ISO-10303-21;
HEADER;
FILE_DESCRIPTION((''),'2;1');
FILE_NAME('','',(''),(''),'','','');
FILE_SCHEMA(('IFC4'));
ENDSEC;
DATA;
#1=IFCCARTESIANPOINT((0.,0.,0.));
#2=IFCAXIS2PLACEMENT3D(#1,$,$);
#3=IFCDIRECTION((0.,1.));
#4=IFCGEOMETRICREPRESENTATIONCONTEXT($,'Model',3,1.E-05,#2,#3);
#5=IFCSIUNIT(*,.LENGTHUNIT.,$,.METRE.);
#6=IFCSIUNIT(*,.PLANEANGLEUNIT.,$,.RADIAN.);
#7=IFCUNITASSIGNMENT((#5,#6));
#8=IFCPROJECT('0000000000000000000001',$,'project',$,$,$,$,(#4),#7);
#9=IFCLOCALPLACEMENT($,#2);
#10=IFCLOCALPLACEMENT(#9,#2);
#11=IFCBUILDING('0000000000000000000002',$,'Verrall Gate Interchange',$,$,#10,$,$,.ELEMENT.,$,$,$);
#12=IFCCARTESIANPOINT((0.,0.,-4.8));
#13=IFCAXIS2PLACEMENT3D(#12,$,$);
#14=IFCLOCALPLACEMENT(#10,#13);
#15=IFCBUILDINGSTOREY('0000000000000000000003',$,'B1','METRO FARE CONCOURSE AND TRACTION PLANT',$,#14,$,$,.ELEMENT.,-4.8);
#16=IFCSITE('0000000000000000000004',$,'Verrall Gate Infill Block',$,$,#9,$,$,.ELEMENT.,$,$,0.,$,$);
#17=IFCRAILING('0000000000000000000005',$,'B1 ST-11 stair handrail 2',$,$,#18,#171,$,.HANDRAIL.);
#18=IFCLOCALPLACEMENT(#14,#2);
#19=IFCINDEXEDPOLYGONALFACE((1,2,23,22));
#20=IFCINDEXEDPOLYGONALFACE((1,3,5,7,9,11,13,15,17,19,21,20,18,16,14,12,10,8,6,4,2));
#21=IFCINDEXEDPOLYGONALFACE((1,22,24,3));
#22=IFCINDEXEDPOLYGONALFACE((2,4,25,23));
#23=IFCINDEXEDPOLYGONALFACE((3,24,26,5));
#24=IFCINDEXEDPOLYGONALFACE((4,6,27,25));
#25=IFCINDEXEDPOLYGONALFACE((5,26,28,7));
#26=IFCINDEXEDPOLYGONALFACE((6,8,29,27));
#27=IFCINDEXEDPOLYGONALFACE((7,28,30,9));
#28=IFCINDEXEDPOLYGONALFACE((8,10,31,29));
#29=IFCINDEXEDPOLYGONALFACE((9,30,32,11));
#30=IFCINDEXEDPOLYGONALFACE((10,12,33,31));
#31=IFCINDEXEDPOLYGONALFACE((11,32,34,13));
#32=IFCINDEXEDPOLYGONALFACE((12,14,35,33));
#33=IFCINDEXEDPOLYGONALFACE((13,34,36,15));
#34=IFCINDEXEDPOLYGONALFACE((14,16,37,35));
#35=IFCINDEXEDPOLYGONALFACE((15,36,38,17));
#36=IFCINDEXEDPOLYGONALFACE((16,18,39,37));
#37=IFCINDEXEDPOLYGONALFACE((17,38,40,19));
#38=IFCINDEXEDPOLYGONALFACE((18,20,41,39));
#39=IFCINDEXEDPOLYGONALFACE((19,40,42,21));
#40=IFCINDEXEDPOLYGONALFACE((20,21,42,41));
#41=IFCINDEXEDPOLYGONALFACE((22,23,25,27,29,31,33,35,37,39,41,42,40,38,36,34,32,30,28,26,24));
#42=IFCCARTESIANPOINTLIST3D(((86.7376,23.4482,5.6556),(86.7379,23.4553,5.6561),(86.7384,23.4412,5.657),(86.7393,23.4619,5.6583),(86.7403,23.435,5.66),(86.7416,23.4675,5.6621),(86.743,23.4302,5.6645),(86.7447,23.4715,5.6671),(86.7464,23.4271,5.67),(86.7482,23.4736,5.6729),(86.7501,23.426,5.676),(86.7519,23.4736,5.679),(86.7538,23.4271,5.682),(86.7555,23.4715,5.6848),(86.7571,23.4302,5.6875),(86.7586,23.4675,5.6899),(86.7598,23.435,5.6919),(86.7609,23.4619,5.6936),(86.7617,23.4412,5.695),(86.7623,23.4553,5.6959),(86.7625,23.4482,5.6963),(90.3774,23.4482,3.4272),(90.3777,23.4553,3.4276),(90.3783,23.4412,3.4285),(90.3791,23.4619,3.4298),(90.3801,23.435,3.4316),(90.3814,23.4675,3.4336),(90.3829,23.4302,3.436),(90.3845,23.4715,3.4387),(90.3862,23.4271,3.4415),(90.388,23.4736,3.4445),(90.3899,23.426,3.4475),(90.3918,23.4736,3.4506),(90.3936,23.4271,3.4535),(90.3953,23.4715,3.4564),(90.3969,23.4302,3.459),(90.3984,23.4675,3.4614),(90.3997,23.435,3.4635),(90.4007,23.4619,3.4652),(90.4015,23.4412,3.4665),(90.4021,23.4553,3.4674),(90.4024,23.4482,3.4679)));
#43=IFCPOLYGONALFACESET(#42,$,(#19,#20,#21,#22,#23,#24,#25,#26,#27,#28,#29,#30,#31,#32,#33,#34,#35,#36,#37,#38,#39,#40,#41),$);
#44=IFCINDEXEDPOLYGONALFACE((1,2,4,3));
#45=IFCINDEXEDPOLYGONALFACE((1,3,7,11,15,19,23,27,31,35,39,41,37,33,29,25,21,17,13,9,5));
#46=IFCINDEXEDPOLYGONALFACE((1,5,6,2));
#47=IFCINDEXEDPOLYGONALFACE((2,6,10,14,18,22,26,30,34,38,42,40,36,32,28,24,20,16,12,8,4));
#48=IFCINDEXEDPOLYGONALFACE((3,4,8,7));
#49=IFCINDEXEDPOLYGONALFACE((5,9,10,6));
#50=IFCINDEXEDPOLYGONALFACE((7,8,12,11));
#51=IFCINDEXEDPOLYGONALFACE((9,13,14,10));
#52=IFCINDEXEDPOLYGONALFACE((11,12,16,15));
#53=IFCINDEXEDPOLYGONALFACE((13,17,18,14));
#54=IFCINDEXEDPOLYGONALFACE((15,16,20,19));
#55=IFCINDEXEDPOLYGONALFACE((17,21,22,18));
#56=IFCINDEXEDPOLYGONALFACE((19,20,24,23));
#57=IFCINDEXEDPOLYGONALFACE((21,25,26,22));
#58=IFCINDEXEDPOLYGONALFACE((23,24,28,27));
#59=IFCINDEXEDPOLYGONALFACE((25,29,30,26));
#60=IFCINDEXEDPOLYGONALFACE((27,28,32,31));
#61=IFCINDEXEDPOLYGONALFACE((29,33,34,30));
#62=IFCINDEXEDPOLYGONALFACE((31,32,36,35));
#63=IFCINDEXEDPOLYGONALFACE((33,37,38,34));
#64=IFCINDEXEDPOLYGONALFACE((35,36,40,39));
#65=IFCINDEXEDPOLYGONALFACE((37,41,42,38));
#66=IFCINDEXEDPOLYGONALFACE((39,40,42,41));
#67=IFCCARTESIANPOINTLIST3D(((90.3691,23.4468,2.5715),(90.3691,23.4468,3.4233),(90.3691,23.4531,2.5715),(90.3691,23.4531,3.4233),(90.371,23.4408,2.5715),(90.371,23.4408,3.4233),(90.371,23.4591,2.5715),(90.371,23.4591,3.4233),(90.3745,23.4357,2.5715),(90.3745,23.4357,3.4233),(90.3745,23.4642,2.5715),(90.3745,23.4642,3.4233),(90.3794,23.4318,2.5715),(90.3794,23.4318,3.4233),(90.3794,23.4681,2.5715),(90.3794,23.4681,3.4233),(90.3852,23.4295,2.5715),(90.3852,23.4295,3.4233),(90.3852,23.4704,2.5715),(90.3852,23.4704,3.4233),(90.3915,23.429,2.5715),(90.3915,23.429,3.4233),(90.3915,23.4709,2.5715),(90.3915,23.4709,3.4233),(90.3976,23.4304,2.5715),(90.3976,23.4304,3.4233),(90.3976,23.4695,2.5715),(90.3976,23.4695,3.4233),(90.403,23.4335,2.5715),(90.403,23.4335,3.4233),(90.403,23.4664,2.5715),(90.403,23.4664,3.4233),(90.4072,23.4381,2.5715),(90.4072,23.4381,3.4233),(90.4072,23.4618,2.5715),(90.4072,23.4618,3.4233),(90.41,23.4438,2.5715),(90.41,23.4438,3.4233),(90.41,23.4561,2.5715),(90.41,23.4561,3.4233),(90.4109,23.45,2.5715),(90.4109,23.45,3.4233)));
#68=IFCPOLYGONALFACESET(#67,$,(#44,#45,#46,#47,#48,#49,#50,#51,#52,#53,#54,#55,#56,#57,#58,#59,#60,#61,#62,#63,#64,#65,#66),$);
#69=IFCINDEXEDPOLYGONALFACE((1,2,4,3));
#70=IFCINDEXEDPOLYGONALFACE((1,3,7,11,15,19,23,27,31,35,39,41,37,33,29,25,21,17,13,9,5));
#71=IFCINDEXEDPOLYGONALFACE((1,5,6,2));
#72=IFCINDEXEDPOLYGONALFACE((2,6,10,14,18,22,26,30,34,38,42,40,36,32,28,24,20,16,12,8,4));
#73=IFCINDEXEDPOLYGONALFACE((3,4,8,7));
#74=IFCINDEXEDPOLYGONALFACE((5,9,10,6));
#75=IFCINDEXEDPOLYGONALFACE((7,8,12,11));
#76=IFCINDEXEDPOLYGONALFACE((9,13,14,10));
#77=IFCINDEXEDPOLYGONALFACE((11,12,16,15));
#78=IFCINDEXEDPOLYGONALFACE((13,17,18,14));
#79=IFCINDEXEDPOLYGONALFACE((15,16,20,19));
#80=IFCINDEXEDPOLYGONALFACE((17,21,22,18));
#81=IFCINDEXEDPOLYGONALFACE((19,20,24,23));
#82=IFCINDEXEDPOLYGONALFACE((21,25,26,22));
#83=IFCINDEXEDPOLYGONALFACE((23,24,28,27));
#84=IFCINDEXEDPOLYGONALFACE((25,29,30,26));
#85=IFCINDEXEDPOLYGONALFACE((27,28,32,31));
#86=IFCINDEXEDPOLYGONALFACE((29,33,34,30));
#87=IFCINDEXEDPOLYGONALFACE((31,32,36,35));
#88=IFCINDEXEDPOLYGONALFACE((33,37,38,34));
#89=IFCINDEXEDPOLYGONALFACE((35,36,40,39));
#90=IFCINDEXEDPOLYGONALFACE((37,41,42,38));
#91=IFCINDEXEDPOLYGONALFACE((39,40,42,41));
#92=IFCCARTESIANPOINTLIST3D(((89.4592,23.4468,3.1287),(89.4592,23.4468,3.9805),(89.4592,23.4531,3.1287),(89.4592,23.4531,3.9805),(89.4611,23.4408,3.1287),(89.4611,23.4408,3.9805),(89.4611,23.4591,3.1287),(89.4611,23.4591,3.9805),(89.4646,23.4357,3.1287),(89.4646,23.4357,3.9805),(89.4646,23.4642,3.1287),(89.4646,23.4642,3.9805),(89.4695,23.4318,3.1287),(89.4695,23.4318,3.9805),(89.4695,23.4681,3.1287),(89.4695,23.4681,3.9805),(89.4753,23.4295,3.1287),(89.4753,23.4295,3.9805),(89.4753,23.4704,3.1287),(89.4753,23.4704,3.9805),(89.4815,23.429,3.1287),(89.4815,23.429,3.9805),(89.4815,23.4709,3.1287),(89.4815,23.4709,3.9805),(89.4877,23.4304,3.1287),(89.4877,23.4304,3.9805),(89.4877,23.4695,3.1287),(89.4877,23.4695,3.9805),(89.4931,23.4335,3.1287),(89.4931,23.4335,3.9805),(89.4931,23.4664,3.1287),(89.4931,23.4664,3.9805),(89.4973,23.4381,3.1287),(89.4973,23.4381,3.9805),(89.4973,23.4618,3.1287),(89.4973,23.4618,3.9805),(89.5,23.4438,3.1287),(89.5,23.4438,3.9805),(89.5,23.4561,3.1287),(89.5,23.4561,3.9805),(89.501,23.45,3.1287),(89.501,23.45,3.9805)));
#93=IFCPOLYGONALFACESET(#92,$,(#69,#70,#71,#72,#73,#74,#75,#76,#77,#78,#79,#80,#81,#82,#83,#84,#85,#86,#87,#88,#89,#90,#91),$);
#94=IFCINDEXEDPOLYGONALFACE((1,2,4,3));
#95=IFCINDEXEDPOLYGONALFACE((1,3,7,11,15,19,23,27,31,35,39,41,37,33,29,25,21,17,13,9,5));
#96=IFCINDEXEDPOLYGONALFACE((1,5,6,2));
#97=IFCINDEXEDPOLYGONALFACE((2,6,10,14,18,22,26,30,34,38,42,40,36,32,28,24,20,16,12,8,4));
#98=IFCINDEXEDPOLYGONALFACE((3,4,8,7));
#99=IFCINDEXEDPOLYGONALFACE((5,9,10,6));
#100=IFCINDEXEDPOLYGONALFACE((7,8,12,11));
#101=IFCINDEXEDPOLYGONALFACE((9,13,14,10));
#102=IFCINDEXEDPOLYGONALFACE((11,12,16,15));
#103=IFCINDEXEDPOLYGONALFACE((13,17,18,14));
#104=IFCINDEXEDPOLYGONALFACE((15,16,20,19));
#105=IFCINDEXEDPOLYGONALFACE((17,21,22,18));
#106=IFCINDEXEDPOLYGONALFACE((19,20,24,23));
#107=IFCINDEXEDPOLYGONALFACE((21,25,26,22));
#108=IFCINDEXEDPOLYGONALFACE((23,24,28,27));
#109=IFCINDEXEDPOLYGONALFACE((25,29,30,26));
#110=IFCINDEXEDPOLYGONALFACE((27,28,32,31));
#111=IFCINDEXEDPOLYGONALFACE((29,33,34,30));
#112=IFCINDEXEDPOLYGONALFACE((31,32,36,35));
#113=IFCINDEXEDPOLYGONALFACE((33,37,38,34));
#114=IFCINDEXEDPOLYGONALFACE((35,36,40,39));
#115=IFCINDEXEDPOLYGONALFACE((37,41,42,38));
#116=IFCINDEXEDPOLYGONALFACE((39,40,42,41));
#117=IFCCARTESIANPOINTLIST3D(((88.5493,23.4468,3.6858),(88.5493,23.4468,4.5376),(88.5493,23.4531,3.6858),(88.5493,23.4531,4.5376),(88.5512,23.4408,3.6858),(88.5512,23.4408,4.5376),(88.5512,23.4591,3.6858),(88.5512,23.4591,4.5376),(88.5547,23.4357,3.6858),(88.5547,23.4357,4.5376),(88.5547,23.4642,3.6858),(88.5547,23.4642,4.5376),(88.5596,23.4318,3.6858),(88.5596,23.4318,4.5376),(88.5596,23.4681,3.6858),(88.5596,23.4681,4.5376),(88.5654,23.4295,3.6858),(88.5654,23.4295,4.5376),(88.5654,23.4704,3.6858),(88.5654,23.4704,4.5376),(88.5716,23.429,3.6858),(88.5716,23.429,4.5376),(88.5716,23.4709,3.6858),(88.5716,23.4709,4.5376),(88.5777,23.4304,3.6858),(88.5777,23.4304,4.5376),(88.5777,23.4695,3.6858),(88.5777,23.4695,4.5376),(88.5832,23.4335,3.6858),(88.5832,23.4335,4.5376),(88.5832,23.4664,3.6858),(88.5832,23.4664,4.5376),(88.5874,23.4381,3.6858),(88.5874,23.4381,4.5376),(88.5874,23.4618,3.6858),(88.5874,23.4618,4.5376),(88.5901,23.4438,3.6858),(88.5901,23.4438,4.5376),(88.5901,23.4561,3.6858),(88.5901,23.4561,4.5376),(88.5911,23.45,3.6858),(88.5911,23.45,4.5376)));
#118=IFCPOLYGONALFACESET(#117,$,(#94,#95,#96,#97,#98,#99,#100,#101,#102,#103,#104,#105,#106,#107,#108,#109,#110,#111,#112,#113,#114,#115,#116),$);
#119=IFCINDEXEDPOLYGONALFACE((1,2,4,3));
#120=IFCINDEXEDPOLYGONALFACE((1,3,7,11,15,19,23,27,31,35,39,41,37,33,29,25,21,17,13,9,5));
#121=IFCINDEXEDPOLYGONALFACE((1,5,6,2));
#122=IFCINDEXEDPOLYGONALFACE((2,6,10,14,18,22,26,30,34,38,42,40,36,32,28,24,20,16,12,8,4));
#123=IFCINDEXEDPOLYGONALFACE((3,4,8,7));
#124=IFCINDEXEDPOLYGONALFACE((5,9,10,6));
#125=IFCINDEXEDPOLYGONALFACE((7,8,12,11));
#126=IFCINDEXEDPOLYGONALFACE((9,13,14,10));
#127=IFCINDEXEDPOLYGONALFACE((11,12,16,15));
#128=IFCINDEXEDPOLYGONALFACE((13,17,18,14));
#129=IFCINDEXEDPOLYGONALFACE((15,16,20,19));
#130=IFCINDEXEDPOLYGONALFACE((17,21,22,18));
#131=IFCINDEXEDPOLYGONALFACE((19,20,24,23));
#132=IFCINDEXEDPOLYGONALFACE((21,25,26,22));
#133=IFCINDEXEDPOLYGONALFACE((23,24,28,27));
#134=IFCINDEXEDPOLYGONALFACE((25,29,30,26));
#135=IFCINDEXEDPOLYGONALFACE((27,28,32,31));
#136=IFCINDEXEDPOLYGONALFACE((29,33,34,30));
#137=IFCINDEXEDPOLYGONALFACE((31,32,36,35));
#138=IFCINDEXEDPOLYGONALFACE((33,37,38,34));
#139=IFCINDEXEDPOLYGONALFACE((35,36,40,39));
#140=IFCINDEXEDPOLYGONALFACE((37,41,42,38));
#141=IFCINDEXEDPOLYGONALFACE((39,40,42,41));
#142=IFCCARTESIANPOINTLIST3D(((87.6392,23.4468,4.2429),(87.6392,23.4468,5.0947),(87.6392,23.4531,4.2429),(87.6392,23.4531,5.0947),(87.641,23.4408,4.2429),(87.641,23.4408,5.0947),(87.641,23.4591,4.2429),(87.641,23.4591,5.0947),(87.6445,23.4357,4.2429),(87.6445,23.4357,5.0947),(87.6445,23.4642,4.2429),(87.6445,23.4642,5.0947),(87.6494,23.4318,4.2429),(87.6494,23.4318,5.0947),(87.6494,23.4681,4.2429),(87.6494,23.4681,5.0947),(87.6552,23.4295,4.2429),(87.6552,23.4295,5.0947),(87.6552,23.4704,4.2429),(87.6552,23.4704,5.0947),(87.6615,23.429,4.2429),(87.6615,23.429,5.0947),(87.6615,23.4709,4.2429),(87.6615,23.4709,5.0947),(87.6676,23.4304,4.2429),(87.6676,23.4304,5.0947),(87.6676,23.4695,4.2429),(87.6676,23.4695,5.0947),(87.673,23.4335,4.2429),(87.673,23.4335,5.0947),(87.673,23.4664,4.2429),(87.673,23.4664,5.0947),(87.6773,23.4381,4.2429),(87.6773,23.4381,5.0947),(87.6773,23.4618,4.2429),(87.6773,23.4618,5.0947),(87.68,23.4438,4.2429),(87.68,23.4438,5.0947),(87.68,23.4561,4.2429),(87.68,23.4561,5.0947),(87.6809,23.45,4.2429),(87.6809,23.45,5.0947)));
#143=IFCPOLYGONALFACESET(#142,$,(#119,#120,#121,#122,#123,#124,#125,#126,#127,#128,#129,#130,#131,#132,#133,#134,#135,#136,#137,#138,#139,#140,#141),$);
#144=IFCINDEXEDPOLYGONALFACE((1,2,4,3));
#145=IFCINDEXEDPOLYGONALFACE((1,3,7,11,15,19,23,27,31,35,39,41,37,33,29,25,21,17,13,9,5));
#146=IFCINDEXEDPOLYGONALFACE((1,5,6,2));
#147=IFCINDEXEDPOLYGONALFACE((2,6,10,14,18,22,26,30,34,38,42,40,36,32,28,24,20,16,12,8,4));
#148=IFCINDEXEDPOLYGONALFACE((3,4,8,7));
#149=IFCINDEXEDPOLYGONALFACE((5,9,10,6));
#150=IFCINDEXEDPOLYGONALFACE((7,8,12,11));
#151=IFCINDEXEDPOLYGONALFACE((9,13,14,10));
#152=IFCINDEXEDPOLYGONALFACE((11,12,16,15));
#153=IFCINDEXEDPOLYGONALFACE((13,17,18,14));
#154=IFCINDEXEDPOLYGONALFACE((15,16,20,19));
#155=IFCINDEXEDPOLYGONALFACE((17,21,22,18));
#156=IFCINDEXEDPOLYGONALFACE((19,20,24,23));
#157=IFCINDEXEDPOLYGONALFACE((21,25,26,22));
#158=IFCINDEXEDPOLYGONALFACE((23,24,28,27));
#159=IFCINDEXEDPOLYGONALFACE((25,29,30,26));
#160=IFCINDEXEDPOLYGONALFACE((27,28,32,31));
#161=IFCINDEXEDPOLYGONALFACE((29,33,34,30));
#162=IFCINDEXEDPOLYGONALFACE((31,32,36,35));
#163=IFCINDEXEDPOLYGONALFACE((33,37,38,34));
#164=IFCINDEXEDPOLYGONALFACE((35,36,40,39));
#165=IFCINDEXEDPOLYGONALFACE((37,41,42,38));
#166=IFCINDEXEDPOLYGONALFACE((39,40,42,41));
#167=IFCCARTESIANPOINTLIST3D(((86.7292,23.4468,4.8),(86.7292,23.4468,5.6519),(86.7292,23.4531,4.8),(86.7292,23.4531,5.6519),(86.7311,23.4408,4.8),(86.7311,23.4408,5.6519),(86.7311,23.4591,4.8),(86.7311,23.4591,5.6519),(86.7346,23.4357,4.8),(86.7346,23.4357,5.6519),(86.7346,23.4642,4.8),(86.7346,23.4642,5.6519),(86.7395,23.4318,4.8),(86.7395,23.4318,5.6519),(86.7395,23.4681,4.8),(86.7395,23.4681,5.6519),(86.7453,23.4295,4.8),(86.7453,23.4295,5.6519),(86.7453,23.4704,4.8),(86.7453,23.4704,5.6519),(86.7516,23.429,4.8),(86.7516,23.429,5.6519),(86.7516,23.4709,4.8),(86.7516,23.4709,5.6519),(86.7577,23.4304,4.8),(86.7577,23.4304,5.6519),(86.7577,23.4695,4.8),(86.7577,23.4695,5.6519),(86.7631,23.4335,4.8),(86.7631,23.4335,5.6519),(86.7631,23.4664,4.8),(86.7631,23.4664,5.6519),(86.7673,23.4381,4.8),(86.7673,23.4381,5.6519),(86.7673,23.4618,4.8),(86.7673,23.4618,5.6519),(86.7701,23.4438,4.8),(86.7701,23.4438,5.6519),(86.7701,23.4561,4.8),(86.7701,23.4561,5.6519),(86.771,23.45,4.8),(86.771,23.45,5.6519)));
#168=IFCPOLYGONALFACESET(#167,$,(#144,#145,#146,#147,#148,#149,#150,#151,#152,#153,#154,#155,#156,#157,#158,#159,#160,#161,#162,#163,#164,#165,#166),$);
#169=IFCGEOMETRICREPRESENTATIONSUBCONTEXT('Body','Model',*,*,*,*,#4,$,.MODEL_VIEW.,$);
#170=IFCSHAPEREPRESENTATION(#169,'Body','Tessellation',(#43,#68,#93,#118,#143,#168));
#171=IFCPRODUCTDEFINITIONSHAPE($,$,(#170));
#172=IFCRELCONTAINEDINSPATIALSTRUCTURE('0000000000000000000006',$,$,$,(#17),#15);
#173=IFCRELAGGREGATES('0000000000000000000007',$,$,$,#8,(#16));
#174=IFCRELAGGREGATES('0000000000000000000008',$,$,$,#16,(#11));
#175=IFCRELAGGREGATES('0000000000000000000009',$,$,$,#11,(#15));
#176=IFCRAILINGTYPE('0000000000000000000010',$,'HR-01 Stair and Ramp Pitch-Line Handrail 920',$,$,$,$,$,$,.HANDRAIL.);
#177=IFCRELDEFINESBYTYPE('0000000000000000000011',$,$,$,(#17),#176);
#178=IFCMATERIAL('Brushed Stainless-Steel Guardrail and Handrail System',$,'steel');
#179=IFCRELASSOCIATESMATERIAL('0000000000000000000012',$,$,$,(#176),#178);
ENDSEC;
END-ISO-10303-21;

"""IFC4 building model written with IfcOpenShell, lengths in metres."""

from ifc_helpers import new_model, si_unit, direction, frame, origin, origin_2d, place, context, subcontext, project, spatial, circle, extrude, material, type_object, element, save


model = new_model("IFC4")

# Units and contexts
model_context = context("Model", 3, precision=1e-05, world=origin(), true_north=direction((0.0, 1.0)))
body_context = subcontext(model_context, "Body", "Model", "MODEL_VIEW")
ifc_project = project(units=[si_unit("LENGTHUNIT", "METRE"), si_unit("PLANEANGLEUNIT", "RADIAN")], contexts=[model_context])

# Site, building, storey
site_placement = place(None, origin())
site = spatial("IfcSite", under=ifc_project, at=site_placement, Name="Verrall Gate Infill Block", CompositionType="ELEMENT", RefElevation=0.0)
building_placement = place(site_placement, origin())
building = spatial("IfcBuilding", under=site, at=building_placement, Name="Verrall Gate Interchange", CompositionType="ELEMENT")
storey_placement = place(building_placement, frame((0.0, 0.0, -4.8)))
storey = spatial("IfcBuildingStorey", under=building, at=storey_placement, Name="B1", Description="METRO FARE CONCOURSE AND TRACTION PLANT", CompositionType="ELEMENT", Elevation=-4.8)

# Railing
ifc_material_1 = material(Name="Brushed Stainless-Steel Guardrail and Handrail System", Category="steel")
railing_type_1 = type_object("IfcRailingType", Name="HR-01 Stair and Ramp Pitch-Line Handrail 920", PredefinedType="HANDRAIL", material=ifc_material_1)
railing_1_placement = place(storey_placement, frame((90.3899, 23.45, 2.5715)))
element("IfcRailing", 1, at=railing_1_placement, inside=storey, type_object=railing_type_1, Name="B1 ST-11 stair handrail 2", PredefinedType="HANDRAIL", context=body_context, shape_type="SweptSolid", body=[
    extrude(circle(Radius=0.0239, at=origin_2d()), frame((0.0, 0.0, 0.876), z_axis=(-0.85285, 0.0, 0.522156), x_axis=(0.0, -1.0, 0.0)), (0.0, 0.0, 1.0), 4.2678),
    extrude(circle(Radius=0.021, at=origin_2d()), origin(), (0.0, 0.0, 1.0), 0.8518),
    extrude(circle(Radius=0.021, at=origin_2d()), frame((-0.9099, 0.0, 0.5571)), (0.0, 0.0, 1.0), 0.8518),
    extrude(circle(Radius=0.021, at=origin_2d()), frame((-1.8198, 0.0, 1.1143)), (0.0, 0.0, 1.0), 0.8518),
    extrude(circle(Radius=0.021, at=origin_2d()), frame((-2.73, 0.0, 1.6714)), (0.0, 0.0, 1.0), 0.8518),
    extrude(circle(Radius=0.021, at=origin_2d()), frame((-3.6399, 0.0, 2.2285)), (0.0, 0.0, 1.0), 0.8518),
])

save(model, "model.ifc")
